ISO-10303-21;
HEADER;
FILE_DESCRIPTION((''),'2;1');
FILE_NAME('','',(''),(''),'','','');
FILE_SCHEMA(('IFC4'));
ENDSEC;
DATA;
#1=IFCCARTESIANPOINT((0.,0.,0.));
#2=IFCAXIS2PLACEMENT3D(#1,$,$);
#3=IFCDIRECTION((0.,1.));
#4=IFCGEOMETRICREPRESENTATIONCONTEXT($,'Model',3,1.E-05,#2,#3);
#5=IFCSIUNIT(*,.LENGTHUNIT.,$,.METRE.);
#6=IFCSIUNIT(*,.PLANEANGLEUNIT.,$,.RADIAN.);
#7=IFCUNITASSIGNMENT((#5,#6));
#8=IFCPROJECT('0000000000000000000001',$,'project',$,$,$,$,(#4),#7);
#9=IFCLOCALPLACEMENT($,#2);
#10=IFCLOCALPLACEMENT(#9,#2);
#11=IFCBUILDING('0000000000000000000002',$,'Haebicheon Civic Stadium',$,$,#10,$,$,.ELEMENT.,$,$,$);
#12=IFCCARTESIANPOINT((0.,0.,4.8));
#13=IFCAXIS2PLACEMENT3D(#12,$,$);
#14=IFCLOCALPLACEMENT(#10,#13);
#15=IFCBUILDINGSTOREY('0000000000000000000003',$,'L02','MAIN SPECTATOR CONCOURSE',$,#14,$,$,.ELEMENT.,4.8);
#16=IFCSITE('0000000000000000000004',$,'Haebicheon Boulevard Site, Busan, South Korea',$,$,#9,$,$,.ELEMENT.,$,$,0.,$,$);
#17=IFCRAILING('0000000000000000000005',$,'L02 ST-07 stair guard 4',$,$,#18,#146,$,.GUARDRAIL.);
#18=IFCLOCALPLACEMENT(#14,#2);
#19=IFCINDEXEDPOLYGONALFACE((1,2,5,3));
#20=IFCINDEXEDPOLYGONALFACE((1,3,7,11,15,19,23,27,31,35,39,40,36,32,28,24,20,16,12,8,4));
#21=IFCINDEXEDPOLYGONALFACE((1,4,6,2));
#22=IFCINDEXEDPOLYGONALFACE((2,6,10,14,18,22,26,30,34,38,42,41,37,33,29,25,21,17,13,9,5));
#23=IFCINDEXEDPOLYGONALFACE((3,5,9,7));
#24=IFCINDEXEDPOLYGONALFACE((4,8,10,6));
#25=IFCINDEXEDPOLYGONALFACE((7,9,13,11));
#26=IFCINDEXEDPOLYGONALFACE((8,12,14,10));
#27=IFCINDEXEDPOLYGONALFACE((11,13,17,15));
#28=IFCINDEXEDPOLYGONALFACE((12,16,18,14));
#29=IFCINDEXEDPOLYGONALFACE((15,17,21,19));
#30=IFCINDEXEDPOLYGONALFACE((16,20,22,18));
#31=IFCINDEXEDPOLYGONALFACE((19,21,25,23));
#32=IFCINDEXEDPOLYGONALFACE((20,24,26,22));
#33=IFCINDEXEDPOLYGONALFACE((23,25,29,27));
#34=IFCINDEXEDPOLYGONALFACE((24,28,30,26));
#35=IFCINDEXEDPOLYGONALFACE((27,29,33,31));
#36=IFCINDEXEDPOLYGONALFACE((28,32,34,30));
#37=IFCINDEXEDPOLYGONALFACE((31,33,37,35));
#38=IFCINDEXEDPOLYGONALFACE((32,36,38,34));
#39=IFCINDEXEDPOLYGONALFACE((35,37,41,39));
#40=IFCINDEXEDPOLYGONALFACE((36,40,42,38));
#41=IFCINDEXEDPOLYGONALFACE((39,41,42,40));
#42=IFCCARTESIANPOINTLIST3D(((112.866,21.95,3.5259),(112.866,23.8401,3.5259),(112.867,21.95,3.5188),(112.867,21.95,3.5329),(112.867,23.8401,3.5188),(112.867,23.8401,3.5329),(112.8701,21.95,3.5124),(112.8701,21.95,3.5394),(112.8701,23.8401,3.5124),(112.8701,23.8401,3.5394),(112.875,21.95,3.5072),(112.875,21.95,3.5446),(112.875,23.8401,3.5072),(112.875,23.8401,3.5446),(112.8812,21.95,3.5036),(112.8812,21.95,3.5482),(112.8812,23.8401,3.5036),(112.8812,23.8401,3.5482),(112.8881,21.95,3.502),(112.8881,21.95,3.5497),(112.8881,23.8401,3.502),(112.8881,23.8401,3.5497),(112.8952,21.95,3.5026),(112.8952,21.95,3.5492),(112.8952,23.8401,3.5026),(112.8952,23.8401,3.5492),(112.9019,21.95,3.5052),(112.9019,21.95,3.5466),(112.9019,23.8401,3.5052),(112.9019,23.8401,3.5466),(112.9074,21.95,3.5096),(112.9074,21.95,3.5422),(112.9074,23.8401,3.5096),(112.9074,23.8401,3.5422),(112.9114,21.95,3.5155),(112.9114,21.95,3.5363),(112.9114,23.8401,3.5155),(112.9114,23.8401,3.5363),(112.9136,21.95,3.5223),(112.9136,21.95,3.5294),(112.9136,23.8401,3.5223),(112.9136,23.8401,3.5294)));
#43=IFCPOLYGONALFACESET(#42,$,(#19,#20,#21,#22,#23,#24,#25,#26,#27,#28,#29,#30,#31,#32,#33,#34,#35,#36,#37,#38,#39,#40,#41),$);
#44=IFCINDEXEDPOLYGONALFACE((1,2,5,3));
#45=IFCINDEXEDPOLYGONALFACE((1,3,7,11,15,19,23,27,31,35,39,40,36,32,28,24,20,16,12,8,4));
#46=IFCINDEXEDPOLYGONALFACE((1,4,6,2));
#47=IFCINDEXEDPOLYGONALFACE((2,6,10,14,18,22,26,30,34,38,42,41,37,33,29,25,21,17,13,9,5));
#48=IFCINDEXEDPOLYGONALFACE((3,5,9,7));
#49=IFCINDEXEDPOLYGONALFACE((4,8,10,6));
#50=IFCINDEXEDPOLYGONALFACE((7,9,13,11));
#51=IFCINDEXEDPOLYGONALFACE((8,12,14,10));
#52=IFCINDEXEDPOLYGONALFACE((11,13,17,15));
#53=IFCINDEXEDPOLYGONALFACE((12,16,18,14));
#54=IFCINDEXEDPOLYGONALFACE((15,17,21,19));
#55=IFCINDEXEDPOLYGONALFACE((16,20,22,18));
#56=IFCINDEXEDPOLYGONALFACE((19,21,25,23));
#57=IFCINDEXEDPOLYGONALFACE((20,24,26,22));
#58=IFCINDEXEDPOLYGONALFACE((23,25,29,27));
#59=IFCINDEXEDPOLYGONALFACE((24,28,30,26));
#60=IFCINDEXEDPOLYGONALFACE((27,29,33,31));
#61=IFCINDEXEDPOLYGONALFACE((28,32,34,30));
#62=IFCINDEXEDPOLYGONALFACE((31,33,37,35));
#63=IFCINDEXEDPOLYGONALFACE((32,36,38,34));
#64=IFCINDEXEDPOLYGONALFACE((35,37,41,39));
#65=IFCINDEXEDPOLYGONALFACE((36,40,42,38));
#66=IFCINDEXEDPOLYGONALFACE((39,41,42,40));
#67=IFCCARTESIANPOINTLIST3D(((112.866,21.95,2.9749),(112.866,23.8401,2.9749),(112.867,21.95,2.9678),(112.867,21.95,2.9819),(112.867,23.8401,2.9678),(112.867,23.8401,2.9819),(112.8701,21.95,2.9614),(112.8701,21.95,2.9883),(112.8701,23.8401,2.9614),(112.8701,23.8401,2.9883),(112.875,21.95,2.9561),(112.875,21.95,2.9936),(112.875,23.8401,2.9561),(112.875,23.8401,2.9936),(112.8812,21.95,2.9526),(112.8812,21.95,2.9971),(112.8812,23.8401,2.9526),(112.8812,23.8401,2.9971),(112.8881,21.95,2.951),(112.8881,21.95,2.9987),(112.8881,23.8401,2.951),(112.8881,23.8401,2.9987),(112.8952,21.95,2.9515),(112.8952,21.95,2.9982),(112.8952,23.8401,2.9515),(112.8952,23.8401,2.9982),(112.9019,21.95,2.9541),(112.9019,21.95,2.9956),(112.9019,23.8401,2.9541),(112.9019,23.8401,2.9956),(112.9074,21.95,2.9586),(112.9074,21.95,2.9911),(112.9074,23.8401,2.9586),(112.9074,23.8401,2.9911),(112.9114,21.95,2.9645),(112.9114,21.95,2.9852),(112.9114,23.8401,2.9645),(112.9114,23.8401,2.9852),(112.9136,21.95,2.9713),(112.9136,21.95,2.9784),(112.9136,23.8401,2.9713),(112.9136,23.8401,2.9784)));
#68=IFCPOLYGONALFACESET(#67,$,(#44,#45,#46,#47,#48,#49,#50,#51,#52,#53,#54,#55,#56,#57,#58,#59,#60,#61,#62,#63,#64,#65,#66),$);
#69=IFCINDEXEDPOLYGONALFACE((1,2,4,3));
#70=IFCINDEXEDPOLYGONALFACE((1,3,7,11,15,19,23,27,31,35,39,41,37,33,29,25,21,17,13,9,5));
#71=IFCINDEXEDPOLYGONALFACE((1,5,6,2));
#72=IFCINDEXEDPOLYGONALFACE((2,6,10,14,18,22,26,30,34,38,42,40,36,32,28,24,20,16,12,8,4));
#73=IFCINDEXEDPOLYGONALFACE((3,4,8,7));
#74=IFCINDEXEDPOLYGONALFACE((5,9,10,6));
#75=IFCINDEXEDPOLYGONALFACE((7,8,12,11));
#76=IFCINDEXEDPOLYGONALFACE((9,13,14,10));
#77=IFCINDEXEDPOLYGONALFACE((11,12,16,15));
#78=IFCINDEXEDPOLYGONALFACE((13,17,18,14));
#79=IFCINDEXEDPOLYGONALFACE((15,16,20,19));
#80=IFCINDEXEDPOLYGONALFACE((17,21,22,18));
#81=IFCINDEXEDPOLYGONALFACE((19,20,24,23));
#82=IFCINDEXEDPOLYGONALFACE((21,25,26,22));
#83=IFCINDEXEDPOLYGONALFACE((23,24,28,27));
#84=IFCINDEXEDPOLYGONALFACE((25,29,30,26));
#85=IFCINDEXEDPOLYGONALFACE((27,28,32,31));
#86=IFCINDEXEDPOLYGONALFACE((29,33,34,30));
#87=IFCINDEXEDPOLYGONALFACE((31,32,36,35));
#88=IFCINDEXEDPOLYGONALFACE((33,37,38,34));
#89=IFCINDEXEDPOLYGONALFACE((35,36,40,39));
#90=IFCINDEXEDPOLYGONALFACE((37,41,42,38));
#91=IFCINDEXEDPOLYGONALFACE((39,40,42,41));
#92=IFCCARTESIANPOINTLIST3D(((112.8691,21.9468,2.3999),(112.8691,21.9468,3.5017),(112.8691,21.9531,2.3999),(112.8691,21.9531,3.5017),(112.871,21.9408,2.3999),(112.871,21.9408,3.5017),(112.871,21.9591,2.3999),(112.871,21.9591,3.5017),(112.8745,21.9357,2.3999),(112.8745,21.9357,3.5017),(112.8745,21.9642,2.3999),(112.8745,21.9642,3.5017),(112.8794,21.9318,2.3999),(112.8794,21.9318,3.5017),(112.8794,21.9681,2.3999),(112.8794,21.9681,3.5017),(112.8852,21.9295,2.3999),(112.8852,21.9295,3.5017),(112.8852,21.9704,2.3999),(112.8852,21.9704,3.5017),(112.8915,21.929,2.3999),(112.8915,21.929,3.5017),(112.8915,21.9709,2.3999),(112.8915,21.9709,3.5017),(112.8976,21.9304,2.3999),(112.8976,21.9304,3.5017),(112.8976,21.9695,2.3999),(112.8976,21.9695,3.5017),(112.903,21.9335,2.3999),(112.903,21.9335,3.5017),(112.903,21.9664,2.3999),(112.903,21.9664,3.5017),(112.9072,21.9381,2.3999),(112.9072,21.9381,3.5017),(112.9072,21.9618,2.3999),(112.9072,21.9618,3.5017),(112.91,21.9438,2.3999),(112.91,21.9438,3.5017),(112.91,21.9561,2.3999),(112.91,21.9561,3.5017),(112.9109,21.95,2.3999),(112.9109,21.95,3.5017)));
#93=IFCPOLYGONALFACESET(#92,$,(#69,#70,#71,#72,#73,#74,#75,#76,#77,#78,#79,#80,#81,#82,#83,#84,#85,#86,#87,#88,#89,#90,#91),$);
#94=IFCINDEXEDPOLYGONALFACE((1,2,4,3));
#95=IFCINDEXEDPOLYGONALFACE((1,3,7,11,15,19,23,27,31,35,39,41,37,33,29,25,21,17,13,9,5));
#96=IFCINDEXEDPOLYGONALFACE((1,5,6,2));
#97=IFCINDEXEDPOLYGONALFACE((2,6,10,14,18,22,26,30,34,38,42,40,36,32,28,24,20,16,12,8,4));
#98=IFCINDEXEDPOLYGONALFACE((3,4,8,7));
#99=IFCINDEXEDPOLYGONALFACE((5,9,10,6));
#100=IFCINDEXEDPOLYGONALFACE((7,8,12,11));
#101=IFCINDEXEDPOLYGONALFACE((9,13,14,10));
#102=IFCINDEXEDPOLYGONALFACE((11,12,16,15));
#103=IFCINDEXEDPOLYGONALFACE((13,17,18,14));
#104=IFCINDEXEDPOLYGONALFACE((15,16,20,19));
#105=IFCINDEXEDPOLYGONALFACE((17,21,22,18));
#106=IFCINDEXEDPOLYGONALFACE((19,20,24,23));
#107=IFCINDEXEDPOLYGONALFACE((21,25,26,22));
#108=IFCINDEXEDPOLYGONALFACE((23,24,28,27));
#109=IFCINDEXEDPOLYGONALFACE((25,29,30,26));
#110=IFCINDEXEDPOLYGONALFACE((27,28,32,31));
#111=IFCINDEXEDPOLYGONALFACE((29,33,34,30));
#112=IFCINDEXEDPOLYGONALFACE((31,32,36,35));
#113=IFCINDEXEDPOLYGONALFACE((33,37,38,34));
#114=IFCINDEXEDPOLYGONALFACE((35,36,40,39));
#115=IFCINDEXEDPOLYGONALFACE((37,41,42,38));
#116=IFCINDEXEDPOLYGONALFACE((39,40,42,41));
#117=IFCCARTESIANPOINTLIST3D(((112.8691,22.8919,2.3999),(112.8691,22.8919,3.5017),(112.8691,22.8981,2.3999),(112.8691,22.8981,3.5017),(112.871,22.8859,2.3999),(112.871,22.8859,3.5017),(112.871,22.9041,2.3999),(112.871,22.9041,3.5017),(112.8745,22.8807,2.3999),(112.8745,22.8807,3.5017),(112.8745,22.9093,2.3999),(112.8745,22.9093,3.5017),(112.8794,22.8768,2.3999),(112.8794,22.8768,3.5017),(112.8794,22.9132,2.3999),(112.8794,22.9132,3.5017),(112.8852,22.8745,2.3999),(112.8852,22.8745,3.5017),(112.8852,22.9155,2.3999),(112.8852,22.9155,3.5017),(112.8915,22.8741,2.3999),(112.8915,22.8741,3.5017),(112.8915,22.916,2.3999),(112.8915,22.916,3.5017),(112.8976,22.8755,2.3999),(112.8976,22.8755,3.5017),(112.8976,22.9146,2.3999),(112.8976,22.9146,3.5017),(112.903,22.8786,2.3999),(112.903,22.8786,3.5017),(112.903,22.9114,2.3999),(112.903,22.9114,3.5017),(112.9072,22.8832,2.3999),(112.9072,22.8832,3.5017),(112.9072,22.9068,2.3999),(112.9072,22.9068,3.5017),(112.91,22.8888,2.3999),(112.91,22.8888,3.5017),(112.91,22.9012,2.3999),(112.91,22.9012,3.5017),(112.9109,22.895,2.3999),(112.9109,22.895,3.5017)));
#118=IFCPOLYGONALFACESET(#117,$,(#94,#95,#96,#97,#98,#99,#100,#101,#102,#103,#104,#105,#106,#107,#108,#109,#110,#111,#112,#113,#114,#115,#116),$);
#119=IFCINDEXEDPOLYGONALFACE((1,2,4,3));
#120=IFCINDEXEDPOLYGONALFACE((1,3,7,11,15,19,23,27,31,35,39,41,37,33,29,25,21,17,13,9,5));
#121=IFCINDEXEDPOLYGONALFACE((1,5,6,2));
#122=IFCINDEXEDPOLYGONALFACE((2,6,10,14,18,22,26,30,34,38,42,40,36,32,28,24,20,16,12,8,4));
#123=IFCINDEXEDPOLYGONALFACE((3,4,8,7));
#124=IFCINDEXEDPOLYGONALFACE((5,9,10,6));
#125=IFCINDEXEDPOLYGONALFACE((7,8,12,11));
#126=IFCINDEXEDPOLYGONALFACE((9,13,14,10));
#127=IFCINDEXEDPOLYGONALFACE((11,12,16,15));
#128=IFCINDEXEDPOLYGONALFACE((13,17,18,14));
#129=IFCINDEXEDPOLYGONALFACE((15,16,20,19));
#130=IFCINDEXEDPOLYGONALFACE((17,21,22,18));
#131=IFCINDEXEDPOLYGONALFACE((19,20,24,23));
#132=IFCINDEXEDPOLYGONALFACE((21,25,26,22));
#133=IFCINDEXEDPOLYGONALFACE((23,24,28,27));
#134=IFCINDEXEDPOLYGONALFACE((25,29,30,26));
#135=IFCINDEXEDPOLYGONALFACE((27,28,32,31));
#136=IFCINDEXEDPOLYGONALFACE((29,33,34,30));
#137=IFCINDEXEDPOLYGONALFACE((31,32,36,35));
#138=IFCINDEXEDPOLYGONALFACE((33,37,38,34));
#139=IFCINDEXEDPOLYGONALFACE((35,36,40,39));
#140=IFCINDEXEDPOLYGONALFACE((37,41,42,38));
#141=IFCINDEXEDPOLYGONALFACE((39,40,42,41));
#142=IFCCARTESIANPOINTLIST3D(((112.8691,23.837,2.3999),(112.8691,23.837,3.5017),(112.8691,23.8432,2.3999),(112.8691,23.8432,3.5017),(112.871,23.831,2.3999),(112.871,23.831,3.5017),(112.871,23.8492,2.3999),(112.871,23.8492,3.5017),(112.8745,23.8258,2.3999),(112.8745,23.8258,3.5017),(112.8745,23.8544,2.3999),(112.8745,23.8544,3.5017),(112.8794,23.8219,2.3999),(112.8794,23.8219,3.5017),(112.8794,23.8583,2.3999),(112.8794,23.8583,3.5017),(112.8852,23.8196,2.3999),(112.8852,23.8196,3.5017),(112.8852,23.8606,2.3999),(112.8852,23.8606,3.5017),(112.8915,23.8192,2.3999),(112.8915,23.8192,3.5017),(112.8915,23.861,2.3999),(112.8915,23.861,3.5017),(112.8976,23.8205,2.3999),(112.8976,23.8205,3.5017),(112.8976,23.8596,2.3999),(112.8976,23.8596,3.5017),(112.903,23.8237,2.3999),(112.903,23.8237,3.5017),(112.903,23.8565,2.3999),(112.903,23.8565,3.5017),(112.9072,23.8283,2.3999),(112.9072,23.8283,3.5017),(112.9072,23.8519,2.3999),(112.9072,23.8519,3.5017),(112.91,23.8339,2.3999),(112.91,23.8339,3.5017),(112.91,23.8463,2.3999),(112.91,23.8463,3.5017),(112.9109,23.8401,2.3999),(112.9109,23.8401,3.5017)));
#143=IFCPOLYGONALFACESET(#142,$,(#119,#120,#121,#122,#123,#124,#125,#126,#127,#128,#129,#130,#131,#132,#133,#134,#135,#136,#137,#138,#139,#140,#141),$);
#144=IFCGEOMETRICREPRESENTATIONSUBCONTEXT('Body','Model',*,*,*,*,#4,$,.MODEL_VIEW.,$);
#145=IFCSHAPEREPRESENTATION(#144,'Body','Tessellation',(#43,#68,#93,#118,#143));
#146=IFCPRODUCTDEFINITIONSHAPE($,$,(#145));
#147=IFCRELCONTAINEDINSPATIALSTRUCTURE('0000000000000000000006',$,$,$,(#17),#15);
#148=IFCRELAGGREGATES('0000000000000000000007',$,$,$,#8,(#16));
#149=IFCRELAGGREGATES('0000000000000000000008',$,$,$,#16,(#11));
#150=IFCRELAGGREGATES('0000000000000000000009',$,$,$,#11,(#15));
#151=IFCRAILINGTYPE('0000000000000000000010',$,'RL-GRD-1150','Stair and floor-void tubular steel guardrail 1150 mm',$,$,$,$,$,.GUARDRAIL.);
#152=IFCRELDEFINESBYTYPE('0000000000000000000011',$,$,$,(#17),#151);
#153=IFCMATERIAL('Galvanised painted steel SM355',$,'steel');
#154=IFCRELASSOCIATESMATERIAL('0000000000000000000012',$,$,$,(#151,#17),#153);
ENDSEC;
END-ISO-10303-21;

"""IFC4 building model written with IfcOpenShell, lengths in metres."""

from ifc_helpers import new_model, si_unit, direction, frame, origin, origin_2d, place, context, subcontext, project, spatial, circle, extrude, material, type_object, element, save


model = new_model("IFC4")

# Units and contexts
model_context = context("Model", 3, precision=1e-05, world=origin(), true_north=direction((0.0, 1.0)))
body_context = subcontext(model_context, "Body", "Model", "MODEL_VIEW")
ifc_project = project(units=[si_unit("LENGTHUNIT", "METRE"), si_unit("PLANEANGLEUNIT", "RADIAN")], contexts=[model_context])

# Site, building, storey
site_placement = place(None, origin())
site = spatial("IfcSite", under=ifc_project, at=site_placement, Name="Haebicheon Boulevard Site, Busan, South Korea", CompositionType="ELEMENT", RefElevation=0.0)
building_placement = place(site_placement, origin())
building = spatial("IfcBuilding", under=site, at=building_placement, Name="Haebicheon Civic Stadium", CompositionType="ELEMENT")
storey_placement = place(building_placement, frame((0.0, 0.0, 4.8)))
storey = spatial("IfcBuildingStorey", under=building, at=storey_placement, Name="L02", Description="MAIN SPECTATOR CONCOURSE", CompositionType="ELEMENT", Elevation=4.8)

# Railing
ifc_material_1 = material(Name="Galvanised painted steel SM355", Category="steel")
railing_type_1 = type_object("IfcRailingType", Name="RL-GRD-1150", Description="Stair and floor-void tubular steel guardrail 1150 mm", PredefinedType="GUARDRAIL", material=ifc_material_1)
railing_1_placement = place(storey_placement, frame((112.8899, 21.95, 2.3999)))
element("IfcRailing", 1, at=railing_1_placement, inside=storey, type_object=railing_type_1, material=ifc_material_1, Name="L02 ST-07 stair guard 4", PredefinedType="GUARDRAIL", context=body_context, shape_type="SweptSolid", body=[
    extrude(circle(Radius=0.0239, at=origin_2d()), frame((0.0, 0.0, 1.126), z_axis=(0.0, 1.0, 0.0), x_axis=(-1.0, 0.0, 0.0)), (0.0, 0.0, 1.0), 1.8901),
    extrude(circle(Radius=0.0239, at=origin_2d()), frame((0.0, 0.0, 0.575), z_axis=(0.0, 1.0, 0.0), x_axis=(-1.0, 0.0, 0.0)), (0.0, 0.0, 1.0), 1.8901),
    extrude(circle(Radius=0.021, at=origin_2d()), origin(), (0.0, 0.0, 1.0), 1.1018),
    extrude(circle(Radius=0.021, at=origin_2d()), frame((0.0, 0.9451, 0.0)), (0.0, 0.0, 1.0), 1.1018),
    extrude(circle(Radius=0.021, at=origin_2d()), frame((0.0, 1.8901, 0.0)), (0.0, 0.0, 1.0), 1.1018),
])

save(model, "model.ifc")
